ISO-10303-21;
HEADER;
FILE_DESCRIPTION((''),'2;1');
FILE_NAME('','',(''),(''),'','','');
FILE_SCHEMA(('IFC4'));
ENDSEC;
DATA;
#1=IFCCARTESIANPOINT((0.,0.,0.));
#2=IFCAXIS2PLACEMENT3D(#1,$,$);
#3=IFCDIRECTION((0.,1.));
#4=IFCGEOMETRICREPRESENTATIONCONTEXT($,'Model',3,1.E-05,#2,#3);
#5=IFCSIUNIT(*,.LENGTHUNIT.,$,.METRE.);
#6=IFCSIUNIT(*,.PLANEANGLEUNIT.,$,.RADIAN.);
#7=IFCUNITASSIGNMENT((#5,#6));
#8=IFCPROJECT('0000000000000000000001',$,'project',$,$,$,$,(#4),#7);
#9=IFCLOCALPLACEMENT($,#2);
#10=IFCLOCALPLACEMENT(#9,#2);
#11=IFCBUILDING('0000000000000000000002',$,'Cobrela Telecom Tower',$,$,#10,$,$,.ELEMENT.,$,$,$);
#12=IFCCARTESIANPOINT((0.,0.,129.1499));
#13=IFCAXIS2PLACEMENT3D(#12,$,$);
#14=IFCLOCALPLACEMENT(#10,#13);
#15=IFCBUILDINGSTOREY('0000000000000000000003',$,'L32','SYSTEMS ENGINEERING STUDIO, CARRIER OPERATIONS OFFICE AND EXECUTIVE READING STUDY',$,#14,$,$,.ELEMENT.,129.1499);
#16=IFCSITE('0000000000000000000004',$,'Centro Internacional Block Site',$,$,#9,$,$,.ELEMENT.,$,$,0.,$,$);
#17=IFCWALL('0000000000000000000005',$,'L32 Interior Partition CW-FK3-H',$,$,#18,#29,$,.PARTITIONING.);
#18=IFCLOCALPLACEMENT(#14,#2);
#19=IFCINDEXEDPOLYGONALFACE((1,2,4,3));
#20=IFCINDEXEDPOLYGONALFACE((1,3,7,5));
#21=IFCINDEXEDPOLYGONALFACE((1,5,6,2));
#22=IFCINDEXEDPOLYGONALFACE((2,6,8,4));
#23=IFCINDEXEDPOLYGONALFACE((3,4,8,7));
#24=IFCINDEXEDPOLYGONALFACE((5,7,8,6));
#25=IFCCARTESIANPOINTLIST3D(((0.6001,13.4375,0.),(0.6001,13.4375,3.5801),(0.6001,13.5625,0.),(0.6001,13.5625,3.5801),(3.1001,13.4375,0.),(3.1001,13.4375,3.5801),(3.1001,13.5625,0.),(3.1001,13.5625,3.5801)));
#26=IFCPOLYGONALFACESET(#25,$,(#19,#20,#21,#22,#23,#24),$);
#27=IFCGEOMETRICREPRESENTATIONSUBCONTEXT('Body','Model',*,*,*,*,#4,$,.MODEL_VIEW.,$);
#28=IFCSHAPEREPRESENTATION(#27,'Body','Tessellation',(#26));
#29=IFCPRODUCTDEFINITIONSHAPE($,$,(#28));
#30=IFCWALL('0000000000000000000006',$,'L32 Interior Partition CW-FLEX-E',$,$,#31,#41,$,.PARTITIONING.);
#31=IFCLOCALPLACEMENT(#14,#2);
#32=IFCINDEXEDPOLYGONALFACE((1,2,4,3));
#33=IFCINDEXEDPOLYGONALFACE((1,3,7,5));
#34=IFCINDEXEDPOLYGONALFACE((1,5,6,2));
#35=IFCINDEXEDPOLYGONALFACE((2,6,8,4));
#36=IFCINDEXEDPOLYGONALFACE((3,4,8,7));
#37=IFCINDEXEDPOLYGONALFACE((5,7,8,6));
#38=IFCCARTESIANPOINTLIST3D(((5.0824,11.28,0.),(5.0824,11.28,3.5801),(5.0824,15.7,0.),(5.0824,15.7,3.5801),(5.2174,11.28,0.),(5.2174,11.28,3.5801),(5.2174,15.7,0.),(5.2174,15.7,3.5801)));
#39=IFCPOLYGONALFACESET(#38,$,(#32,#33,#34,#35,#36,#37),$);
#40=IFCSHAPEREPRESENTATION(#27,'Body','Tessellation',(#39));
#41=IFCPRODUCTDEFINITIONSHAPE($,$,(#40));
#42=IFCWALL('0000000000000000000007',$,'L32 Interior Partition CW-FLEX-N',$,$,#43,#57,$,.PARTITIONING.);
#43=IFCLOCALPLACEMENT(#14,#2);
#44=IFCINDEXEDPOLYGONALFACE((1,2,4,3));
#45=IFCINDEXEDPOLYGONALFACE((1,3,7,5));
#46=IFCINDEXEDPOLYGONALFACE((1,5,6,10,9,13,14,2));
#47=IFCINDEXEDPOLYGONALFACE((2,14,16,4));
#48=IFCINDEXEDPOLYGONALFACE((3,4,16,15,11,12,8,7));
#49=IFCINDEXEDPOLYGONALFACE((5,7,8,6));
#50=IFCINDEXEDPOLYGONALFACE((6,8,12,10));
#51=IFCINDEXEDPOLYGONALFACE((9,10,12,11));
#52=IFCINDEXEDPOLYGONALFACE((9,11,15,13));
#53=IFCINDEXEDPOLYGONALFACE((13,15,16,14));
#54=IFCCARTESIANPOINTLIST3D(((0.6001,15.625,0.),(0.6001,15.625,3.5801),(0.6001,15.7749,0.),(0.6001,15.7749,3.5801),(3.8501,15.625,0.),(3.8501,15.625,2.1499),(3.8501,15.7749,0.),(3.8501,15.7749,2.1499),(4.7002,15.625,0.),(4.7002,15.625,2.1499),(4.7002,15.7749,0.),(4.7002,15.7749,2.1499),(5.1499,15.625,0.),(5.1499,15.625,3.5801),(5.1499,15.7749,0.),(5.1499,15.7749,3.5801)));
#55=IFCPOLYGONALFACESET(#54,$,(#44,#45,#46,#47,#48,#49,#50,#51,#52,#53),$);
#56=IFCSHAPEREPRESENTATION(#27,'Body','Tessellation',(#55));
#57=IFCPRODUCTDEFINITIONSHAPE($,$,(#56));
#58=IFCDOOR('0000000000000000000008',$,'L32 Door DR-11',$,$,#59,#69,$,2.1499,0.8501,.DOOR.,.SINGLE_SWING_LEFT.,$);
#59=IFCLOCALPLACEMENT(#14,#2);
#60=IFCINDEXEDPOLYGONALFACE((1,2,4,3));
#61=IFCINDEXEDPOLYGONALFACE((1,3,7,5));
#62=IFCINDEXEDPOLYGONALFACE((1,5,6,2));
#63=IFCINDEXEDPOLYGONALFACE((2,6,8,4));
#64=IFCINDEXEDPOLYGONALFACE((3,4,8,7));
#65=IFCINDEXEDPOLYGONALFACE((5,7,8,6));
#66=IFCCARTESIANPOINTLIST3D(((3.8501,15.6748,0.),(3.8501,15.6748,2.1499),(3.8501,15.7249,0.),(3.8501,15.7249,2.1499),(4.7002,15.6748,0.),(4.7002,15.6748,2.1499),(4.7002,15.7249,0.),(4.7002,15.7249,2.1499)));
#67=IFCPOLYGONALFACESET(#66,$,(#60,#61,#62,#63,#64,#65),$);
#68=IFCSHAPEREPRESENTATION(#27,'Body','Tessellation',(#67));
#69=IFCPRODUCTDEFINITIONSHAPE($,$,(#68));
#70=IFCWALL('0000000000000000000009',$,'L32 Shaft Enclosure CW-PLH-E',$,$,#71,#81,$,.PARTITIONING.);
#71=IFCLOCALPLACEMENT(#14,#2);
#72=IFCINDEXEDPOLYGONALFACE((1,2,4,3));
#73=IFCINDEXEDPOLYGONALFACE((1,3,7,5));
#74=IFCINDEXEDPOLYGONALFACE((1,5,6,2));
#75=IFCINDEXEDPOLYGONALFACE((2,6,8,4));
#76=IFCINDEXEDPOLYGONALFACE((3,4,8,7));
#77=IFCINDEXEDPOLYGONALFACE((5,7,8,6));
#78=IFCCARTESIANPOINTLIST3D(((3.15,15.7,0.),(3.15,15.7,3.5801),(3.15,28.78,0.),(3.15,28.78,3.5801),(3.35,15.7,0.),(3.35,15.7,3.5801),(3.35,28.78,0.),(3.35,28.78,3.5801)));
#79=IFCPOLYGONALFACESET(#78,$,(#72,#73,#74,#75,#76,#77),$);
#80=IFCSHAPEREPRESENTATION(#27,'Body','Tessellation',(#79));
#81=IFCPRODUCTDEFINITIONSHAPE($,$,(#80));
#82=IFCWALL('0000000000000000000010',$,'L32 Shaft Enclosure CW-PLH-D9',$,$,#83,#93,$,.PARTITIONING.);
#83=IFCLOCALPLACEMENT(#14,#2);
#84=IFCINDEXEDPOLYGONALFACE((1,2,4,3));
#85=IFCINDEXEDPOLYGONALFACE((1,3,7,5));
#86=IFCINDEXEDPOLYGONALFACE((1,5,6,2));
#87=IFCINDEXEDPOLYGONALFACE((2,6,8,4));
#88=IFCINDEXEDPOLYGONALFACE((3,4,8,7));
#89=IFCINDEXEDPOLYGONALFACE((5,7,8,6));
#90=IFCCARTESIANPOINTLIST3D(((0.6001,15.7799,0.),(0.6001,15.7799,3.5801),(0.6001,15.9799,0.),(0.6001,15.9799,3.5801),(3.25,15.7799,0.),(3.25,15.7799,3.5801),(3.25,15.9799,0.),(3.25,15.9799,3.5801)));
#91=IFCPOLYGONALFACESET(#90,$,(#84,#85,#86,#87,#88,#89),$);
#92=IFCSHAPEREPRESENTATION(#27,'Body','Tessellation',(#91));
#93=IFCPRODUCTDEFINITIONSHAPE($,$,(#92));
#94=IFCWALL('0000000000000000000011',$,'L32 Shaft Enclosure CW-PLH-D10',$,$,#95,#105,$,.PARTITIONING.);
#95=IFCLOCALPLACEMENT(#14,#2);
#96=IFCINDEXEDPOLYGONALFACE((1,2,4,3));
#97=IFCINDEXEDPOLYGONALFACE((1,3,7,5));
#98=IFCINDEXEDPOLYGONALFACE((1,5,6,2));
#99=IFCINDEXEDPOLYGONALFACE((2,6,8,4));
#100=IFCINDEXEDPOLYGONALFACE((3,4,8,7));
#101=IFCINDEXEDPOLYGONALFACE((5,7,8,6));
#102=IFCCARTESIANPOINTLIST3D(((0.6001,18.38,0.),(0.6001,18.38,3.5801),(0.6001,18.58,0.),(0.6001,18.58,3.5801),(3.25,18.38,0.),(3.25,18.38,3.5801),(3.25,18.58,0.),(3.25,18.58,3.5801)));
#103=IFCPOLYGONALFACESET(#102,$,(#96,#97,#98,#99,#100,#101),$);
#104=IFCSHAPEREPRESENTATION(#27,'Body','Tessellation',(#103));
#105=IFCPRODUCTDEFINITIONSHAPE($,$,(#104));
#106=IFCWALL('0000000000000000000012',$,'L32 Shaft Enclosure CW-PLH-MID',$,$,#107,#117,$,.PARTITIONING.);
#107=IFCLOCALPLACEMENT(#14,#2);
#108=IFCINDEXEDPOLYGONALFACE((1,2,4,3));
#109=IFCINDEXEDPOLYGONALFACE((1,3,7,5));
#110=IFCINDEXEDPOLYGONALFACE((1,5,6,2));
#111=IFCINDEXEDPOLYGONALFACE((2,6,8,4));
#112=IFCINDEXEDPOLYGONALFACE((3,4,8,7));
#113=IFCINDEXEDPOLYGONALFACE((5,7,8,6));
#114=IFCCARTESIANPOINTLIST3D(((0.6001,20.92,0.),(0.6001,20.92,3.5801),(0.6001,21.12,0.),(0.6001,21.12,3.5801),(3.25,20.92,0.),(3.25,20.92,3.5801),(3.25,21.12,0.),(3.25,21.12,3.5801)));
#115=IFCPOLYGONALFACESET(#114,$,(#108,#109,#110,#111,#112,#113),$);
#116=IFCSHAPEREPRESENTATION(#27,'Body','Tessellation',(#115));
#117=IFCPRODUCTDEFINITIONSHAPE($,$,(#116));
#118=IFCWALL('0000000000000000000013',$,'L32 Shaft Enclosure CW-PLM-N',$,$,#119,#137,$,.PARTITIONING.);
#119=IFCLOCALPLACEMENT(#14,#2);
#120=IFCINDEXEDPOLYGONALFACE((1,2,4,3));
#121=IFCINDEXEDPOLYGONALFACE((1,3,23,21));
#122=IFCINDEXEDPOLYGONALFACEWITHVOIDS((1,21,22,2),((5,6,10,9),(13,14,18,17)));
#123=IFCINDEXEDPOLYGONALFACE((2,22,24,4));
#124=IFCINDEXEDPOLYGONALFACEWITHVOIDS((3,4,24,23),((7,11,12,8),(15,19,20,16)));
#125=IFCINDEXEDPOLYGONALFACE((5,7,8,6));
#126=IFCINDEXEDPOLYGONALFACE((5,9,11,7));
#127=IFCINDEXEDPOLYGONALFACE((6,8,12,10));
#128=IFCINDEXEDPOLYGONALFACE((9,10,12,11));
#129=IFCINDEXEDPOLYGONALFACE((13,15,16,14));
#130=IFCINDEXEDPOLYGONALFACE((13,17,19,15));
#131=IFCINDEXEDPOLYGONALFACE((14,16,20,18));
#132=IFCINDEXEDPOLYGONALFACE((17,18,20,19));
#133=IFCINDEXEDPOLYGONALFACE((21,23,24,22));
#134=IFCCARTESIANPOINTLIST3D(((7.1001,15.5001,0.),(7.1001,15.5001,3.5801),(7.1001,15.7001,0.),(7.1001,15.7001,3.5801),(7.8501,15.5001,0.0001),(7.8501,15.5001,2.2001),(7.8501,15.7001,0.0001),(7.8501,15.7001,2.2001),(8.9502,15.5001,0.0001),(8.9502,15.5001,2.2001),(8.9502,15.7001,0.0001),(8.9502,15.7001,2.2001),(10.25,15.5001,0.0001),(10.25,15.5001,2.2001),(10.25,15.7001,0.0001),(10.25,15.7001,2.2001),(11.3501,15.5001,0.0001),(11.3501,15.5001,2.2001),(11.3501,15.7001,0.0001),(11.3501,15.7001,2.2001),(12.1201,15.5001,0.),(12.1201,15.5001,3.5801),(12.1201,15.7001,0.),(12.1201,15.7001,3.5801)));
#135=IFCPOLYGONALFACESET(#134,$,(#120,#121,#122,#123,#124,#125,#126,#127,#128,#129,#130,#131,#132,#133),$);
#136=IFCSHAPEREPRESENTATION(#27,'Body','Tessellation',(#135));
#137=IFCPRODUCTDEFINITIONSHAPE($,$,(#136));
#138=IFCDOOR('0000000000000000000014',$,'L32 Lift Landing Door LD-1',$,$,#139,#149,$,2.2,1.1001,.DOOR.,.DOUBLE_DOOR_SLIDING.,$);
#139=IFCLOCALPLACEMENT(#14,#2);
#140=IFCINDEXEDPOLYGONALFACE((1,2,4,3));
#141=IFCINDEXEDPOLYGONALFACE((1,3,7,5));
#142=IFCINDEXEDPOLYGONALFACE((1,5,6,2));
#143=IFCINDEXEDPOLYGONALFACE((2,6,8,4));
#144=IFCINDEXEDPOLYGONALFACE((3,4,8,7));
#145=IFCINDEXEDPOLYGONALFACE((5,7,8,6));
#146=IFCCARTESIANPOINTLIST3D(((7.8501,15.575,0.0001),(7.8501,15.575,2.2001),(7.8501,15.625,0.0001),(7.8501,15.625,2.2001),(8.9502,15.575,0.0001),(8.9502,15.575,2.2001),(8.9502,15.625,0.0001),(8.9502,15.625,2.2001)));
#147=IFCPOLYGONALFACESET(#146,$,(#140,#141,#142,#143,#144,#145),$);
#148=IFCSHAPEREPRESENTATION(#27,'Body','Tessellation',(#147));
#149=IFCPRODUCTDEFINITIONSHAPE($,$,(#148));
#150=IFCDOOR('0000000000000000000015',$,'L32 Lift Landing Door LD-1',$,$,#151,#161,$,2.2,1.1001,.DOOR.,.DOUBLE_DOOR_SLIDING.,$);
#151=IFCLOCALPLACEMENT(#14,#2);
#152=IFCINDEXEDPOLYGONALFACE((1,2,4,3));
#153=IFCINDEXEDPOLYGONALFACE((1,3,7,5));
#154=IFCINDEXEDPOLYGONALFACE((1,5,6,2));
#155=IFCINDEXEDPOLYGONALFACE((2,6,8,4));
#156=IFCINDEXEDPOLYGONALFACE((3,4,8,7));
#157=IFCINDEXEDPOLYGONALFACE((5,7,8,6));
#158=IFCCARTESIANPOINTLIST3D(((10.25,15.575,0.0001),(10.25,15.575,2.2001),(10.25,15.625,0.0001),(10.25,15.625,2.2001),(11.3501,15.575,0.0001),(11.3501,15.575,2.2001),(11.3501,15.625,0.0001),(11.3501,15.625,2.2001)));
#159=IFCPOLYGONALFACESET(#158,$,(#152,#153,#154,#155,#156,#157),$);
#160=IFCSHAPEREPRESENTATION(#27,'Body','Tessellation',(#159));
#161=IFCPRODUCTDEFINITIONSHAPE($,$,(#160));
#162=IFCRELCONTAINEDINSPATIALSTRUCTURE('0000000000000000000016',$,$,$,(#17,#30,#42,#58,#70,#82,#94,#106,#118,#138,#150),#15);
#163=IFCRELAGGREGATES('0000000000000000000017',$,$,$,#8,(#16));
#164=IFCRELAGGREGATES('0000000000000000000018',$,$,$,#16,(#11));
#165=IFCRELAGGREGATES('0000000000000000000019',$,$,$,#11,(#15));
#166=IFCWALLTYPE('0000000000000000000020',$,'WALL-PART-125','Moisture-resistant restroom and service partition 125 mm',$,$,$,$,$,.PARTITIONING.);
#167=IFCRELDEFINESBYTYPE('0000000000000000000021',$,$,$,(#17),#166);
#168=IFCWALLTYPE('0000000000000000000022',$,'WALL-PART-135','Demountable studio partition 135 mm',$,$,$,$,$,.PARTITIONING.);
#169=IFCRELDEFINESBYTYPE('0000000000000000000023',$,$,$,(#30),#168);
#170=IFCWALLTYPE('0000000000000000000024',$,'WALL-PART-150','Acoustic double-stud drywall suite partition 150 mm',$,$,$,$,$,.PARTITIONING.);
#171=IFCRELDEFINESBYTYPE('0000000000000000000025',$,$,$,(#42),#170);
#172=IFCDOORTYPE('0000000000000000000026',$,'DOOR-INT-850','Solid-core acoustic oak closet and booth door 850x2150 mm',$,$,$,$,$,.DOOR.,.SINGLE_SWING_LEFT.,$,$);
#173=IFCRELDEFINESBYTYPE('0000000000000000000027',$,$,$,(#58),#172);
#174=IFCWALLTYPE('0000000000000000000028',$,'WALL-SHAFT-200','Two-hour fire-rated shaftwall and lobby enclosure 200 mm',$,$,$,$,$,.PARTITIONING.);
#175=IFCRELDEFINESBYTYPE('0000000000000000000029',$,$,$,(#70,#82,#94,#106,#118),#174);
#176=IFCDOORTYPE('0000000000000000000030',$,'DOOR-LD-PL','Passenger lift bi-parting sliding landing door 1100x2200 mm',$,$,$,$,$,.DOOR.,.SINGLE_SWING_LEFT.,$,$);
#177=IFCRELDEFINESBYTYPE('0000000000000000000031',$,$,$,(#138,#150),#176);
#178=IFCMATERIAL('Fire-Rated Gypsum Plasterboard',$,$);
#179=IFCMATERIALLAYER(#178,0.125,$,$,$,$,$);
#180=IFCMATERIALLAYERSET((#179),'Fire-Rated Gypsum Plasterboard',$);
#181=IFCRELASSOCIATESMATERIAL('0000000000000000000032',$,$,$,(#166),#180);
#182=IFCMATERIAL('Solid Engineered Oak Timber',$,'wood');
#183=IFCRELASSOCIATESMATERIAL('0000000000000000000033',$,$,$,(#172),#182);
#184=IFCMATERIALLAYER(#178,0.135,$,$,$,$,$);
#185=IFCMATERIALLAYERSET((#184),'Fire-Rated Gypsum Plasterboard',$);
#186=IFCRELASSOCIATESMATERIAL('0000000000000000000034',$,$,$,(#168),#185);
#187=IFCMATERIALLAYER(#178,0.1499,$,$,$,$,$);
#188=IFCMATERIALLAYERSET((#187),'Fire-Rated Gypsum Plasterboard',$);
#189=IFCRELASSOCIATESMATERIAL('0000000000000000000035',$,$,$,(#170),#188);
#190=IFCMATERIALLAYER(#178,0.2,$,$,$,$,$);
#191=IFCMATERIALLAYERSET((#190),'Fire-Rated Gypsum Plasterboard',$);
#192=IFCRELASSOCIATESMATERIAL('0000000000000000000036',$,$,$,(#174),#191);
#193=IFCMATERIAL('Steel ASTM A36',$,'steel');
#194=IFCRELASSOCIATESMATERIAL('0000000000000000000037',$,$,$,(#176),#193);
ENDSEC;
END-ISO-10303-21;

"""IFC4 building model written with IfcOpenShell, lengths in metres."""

from ifc_helpers import new_model, si_unit, direction, frame, frame_2d, origin, place, context, subcontext, project, spatial, rectangle, extrude, material, layer, layer_set, type_object, element, fill, save


model = new_model("IFC4")

# Units and contexts
model_context = context("Model", 3, precision=1e-05, world=origin(), true_north=direction((0.0, 1.0)))
body_context = subcontext(model_context, "Body", "Model", "MODEL_VIEW")
ifc_project = project(units=[si_unit("LENGTHUNIT", "METRE"), si_unit("PLANEANGLEUNIT", "RADIAN")], contexts=[model_context])

# Site, building, storey
site_placement = place(None, origin())
site = spatial("IfcSite", under=ifc_project, at=site_placement, Name="Centro Internacional Block Site", CompositionType="ELEMENT", RefElevation=0.0)
building_placement = place(site_placement, origin())
building = spatial("IfcBuilding", under=site, at=building_placement, Name="Cobrela Telecom Tower", CompositionType="ELEMENT")
storey_placement = place(building_placement, frame((0.0, 0.0, 129.1499)))
storey = spatial("IfcBuildingStorey", under=building, at=storey_placement, Name="L32", Description="SYSTEMS ENGINEERING STUDIO, CARRIER OPERATIONS OFFICE AND EXECUTIVE READING STUDY", CompositionType="ELEMENT", Elevation=129.1499)

# Wall
ifc_material_1 = material(Name="Fire-Rated Gypsum Plasterboard")
ifc_layer_1 = layer(ifc_material_1, 0.125)
ifc_layer_set_1 = layer_set([ifc_layer_1], Name="Fire-Rated Gypsum Plasterboard")
wall_type_1 = type_object("IfcWallType", Name="WALL-PART-125", Description="Moisture-resistant restroom and service partition 125 mm", PredefinedType="PARTITIONING", material=ifc_layer_set_1)
wall_1_placement = place(storey_placement, frame((0.6001, 13.5, 0.0), z_axis=(0.0, 0.0, 1.0), x_axis=(1.0, 0.0, 0.0)))
element("IfcWall", 1, at=wall_1_placement, inside=storey, type_object=wall_type_1, Name="L32 Interior Partition CW-FK3-H", PredefinedType="PARTITIONING", context=body_context, shape_type="SweptSolid", body=[
    extrude(rectangle(XDim=2.5, YDim=0.125, at=frame_2d((1.25, 0.0))), origin(), (0.0, 0.0, 1.0), 3.5801),
])

# Shared definitions
ifc_material_2 = material(Name="Solid Engineered Oak Timber", Category="wood")
door_type_1 = type_object("IfcDoorType", Name="DOOR-INT-850", Description="Solid-core acoustic oak closet and booth door 850x2150 mm", OperationType="SINGLE_SWING_LEFT", PredefinedType="DOOR", material=ifc_material_2)

# Wall
ifc_layer_2 = layer(ifc_material_1, 0.135)
ifc_layer_set_2 = layer_set([ifc_layer_2], Name="Fire-Rated Gypsum Plasterboard")
wall_type_2 = type_object("IfcWallType", Name="WALL-PART-135", Description="Demountable studio partition 135 mm", PredefinedType="PARTITIONING", material=ifc_layer_set_2)
wall_2_placement = place(storey_placement, frame((5.1499, 11.28, 0.0), z_axis=(0.0, 0.0, 1.0), x_axis=(0.0, 1.0, 0.0)))
element("IfcWall", 2, at=wall_2_placement, inside=storey, type_object=wall_type_2, Name="L32 Interior Partition CW-FLEX-E", PredefinedType="PARTITIONING", context=body_context, shape_type="SweptSolid", body=[
    extrude(rectangle(XDim=4.4199, YDim=0.135, at=frame_2d((2.21, 0.0))), origin(), (0.0, 0.0, 1.0), 3.5801),
])

# Wall, opening, door
ifc_layer_3 = layer(ifc_material_1, 0.1499)
ifc_layer_set_3 = layer_set([ifc_layer_3], Name="Fire-Rated Gypsum Plasterboard")
wall_type_3 = type_object("IfcWallType", Name="WALL-PART-150", Description="Acoustic double-stud drywall suite partition 150 mm", PredefinedType="PARTITIONING", material=ifc_layer_set_3)
wall_3_placement = place(storey_placement, frame((0.6001, 15.7, 0.0), z_axis=(0.0, 0.0, 1.0), x_axis=(1.0, 0.0, 0.0)))
wall_3 = element("IfcWall", 3, at=wall_3_placement, inside=storey, type_object=wall_type_3, Name="L32 Interior Partition CW-FLEX-N", PredefinedType="PARTITIONING", context=body_context, shape_type="SweptSolid", body=[
    extrude(rectangle(XDim=4.5498, YDim=0.1499, at=frame_2d((2.2749, 0.0))), origin(), (0.0, 0.0, 1.0), 3.5801),
])
opening_1_placement = place(wall_3_placement, frame((3.25, 0.0, 0.0)))
opening_1 = element("IfcOpeningElement", 4, at=opening_1_placement, cuts=wall_3, PredefinedType="OPENING", context=body_context, shape_type="SweptSolid", body=[
    extrude(rectangle(XDim=0.8501, YDim=2.1499, at=frame_2d((0.425, 1.075))), frame((0.0, 0.0869, 0.0), z_axis=(0.0, -1.0, 0.0), x_axis=(1.0, 0.0, 0.0)), (0.0, 0.0, 1.0), 0.1738),
])
door_1_placement = place(opening_1_placement, origin())
door_1 = element("IfcDoor", 5, at=door_1_placement, inside=storey, type_object=door_type_1, Name="L32 Door DR-11", OperationType="SINGLE_SWING_LEFT", OverallHeight=2.1499, OverallWidth=0.8501, PredefinedType="DOOR", context=body_context, shape_type="SweptSolid", body=[
    extrude(rectangle(XDim=0.8501, YDim=2.1499, at=frame_2d((0.425, 1.075))), frame((0.0, 0.0249, 0.0), z_axis=(0.0, -1.0, 0.0), x_axis=(1.0, 0.0, 0.0)), (0.0, 0.0, 1.0), 0.05),
])
fill(opening_1, door_1)

# Walls
ifc_layer_4 = layer(ifc_material_1, 0.2)
ifc_layer_set_4 = layer_set([ifc_layer_4], Name="Fire-Rated Gypsum Plasterboard")
wall_type_4 = type_object("IfcWallType", Name="WALL-SHAFT-200", Description="Two-hour fire-rated shaftwall and lobby enclosure 200 mm", PredefinedType="PARTITIONING", material=ifc_layer_set_4)
wall_4_placement = place(storey_placement, frame((3.25, 15.7, 0.0), z_axis=(0.0, 0.0, 1.0), x_axis=(0.0, 1.0, 0.0)))
element("IfcWall", 6, at=wall_4_placement, inside=storey, type_object=wall_type_4, Name="L32 Shaft Enclosure CW-PLH-E", PredefinedType="PARTITIONING", context=body_context, shape_type="SweptSolid", body=[
    extrude(rectangle(XDim=13.0801, YDim=0.2, at=frame_2d((6.54, 0.0))), origin(), (0.0, 0.0, 1.0), 3.5801),
])
for number, where, z_axis, x_axis, name in (
    (7, (0.6001, 15.8799, 0.0), (0.0, 0.0, 1.0), (1.0, 0.0, 0.0), "L32 Shaft Enclosure CW-PLH-D9"),
    (8, (0.6001, 18.48, 0.0), (0.0, 0.0, 1.0), (1.0, 0.0, 0.0), "L32 Shaft Enclosure CW-PLH-D10"),
    (9, (0.6001, 21.02, 0.0), (0.0, 0.0, 1.0), (1.0, 0.0, 0.0), "L32 Shaft Enclosure CW-PLH-MID"),
):
    element("IfcWall", number, at=place(storey_placement, frame(where, z_axis=z_axis, x_axis=x_axis)), inside=storey, type_object=wall_type_4, Name=name, PredefinedType="PARTITIONING", context=body_context, shape_type="SweptSolid", body=[
        extrude(rectangle(XDim=2.6499, YDim=0.2, at=frame_2d((1.325, 0.0))), origin(), (0.0, 0.0, 1.0), 3.5801),
    ])

# Wall, openings, doors
wall_5_placement = place(storey_placement, frame((7.1001, 15.6001, 0.0), z_axis=(0.0, 0.0, 1.0), x_axis=(1.0, 0.0, 0.0)))
wall_5 = element("IfcWall", 10, at=wall_5_placement, inside=storey, type_object=wall_type_4, Name="L32 Shaft Enclosure CW-PLM-N", PredefinedType="PARTITIONING", context=body_context, shape_type="SweptSolid", body=[
    extrude(rectangle(XDim=5.02, YDim=0.2, at=frame_2d((2.51, 0.0))), origin(), (0.0, 0.0, 1.0), 3.5801),
])
opening_2_placement = place(wall_5_placement, frame((0.75, 0.0, 0.0)))
opening_2 = element("IfcOpeningElement", 11, at=opening_2_placement, cuts=wall_5, PredefinedType="OPENING", context=body_context, shape_type="SweptSolid", body=[
    extrude(rectangle(XDim=1.1001, YDim=2.2, at=frame_2d((0.55, 1.1001))), frame((0.0, 0.1118, 0.0), z_axis=(0.0, -1.0, 0.0), x_axis=(1.0, 0.0, 0.0)), (0.0, 0.0, 1.0), 0.2239),
])
opening_3_placement = place(wall_5_placement, frame((3.1499, 0.0, 0.0)))
opening_3 = element("IfcOpeningElement", 12, at=opening_3_placement, cuts=wall_5, PredefinedType="OPENING", context=body_context, shape_type="SweptSolid", body=[
    extrude(rectangle(XDim=1.1001, YDim=2.2, at=frame_2d((0.55, 1.1001))), frame((0.0, 0.1118, 0.0), z_axis=(0.0, -1.0, 0.0), x_axis=(1.0, 0.0, 0.0)), (0.0, 0.0, 1.0), 0.2239),
])
ifc_material_3 = material(Name="Steel ASTM A36", Category="steel")
door_type_2 = type_object("IfcDoorType", Name="DOOR-LD-PL", Description="Passenger lift bi-parting sliding landing door 1100x2200 mm", OperationType="SINGLE_SWING_LEFT", PredefinedType="DOOR", material=ifc_material_3)
door_2_placement = place(opening_2_placement, origin())
door_2 = element("IfcDoor", 13, at=door_2_placement, inside=storey, type_object=door_type_2, Name="L32 Lift Landing Door LD-1", OperationType="DOUBLE_DOOR_SLIDING", OverallHeight=2.2, OverallWidth=1.1001, PredefinedType="DOOR", context=body_context, shape_type="SweptSolid", body=[
    extrude(rectangle(XDim=1.1001, YDim=2.2, at=frame_2d((0.55, 1.1001))), frame((0.0, 0.0249, 0.0), z_axis=(0.0, -1.0, 0.0), x_axis=(1.0, 0.0, 0.0)), (0.0, 0.0, 1.0), 0.05),
])
fill(opening_2, door_2)
door_3_placement = place(opening_3_placement, origin())
door_3 = element("IfcDoor", 14, at=door_3_placement, inside=storey, type_object=door_type_2, Name="L32 Lift Landing Door LD-1", OperationType="DOUBLE_DOOR_SLIDING", OverallHeight=2.2, OverallWidth=1.1001, PredefinedType="DOOR", context=body_context, shape_type="SweptSolid", body=[
    extrude(rectangle(XDim=1.1001, YDim=2.2, at=frame_2d((0.55, 1.1001))), frame((0.0, 0.0249, 0.0), z_axis=(0.0, -1.0, 0.0), x_axis=(1.0, 0.0, 0.0)), (0.0, 0.0, 1.0), 0.05),
])
fill(opening_3, door_3)

save(model, "model.ifc")
